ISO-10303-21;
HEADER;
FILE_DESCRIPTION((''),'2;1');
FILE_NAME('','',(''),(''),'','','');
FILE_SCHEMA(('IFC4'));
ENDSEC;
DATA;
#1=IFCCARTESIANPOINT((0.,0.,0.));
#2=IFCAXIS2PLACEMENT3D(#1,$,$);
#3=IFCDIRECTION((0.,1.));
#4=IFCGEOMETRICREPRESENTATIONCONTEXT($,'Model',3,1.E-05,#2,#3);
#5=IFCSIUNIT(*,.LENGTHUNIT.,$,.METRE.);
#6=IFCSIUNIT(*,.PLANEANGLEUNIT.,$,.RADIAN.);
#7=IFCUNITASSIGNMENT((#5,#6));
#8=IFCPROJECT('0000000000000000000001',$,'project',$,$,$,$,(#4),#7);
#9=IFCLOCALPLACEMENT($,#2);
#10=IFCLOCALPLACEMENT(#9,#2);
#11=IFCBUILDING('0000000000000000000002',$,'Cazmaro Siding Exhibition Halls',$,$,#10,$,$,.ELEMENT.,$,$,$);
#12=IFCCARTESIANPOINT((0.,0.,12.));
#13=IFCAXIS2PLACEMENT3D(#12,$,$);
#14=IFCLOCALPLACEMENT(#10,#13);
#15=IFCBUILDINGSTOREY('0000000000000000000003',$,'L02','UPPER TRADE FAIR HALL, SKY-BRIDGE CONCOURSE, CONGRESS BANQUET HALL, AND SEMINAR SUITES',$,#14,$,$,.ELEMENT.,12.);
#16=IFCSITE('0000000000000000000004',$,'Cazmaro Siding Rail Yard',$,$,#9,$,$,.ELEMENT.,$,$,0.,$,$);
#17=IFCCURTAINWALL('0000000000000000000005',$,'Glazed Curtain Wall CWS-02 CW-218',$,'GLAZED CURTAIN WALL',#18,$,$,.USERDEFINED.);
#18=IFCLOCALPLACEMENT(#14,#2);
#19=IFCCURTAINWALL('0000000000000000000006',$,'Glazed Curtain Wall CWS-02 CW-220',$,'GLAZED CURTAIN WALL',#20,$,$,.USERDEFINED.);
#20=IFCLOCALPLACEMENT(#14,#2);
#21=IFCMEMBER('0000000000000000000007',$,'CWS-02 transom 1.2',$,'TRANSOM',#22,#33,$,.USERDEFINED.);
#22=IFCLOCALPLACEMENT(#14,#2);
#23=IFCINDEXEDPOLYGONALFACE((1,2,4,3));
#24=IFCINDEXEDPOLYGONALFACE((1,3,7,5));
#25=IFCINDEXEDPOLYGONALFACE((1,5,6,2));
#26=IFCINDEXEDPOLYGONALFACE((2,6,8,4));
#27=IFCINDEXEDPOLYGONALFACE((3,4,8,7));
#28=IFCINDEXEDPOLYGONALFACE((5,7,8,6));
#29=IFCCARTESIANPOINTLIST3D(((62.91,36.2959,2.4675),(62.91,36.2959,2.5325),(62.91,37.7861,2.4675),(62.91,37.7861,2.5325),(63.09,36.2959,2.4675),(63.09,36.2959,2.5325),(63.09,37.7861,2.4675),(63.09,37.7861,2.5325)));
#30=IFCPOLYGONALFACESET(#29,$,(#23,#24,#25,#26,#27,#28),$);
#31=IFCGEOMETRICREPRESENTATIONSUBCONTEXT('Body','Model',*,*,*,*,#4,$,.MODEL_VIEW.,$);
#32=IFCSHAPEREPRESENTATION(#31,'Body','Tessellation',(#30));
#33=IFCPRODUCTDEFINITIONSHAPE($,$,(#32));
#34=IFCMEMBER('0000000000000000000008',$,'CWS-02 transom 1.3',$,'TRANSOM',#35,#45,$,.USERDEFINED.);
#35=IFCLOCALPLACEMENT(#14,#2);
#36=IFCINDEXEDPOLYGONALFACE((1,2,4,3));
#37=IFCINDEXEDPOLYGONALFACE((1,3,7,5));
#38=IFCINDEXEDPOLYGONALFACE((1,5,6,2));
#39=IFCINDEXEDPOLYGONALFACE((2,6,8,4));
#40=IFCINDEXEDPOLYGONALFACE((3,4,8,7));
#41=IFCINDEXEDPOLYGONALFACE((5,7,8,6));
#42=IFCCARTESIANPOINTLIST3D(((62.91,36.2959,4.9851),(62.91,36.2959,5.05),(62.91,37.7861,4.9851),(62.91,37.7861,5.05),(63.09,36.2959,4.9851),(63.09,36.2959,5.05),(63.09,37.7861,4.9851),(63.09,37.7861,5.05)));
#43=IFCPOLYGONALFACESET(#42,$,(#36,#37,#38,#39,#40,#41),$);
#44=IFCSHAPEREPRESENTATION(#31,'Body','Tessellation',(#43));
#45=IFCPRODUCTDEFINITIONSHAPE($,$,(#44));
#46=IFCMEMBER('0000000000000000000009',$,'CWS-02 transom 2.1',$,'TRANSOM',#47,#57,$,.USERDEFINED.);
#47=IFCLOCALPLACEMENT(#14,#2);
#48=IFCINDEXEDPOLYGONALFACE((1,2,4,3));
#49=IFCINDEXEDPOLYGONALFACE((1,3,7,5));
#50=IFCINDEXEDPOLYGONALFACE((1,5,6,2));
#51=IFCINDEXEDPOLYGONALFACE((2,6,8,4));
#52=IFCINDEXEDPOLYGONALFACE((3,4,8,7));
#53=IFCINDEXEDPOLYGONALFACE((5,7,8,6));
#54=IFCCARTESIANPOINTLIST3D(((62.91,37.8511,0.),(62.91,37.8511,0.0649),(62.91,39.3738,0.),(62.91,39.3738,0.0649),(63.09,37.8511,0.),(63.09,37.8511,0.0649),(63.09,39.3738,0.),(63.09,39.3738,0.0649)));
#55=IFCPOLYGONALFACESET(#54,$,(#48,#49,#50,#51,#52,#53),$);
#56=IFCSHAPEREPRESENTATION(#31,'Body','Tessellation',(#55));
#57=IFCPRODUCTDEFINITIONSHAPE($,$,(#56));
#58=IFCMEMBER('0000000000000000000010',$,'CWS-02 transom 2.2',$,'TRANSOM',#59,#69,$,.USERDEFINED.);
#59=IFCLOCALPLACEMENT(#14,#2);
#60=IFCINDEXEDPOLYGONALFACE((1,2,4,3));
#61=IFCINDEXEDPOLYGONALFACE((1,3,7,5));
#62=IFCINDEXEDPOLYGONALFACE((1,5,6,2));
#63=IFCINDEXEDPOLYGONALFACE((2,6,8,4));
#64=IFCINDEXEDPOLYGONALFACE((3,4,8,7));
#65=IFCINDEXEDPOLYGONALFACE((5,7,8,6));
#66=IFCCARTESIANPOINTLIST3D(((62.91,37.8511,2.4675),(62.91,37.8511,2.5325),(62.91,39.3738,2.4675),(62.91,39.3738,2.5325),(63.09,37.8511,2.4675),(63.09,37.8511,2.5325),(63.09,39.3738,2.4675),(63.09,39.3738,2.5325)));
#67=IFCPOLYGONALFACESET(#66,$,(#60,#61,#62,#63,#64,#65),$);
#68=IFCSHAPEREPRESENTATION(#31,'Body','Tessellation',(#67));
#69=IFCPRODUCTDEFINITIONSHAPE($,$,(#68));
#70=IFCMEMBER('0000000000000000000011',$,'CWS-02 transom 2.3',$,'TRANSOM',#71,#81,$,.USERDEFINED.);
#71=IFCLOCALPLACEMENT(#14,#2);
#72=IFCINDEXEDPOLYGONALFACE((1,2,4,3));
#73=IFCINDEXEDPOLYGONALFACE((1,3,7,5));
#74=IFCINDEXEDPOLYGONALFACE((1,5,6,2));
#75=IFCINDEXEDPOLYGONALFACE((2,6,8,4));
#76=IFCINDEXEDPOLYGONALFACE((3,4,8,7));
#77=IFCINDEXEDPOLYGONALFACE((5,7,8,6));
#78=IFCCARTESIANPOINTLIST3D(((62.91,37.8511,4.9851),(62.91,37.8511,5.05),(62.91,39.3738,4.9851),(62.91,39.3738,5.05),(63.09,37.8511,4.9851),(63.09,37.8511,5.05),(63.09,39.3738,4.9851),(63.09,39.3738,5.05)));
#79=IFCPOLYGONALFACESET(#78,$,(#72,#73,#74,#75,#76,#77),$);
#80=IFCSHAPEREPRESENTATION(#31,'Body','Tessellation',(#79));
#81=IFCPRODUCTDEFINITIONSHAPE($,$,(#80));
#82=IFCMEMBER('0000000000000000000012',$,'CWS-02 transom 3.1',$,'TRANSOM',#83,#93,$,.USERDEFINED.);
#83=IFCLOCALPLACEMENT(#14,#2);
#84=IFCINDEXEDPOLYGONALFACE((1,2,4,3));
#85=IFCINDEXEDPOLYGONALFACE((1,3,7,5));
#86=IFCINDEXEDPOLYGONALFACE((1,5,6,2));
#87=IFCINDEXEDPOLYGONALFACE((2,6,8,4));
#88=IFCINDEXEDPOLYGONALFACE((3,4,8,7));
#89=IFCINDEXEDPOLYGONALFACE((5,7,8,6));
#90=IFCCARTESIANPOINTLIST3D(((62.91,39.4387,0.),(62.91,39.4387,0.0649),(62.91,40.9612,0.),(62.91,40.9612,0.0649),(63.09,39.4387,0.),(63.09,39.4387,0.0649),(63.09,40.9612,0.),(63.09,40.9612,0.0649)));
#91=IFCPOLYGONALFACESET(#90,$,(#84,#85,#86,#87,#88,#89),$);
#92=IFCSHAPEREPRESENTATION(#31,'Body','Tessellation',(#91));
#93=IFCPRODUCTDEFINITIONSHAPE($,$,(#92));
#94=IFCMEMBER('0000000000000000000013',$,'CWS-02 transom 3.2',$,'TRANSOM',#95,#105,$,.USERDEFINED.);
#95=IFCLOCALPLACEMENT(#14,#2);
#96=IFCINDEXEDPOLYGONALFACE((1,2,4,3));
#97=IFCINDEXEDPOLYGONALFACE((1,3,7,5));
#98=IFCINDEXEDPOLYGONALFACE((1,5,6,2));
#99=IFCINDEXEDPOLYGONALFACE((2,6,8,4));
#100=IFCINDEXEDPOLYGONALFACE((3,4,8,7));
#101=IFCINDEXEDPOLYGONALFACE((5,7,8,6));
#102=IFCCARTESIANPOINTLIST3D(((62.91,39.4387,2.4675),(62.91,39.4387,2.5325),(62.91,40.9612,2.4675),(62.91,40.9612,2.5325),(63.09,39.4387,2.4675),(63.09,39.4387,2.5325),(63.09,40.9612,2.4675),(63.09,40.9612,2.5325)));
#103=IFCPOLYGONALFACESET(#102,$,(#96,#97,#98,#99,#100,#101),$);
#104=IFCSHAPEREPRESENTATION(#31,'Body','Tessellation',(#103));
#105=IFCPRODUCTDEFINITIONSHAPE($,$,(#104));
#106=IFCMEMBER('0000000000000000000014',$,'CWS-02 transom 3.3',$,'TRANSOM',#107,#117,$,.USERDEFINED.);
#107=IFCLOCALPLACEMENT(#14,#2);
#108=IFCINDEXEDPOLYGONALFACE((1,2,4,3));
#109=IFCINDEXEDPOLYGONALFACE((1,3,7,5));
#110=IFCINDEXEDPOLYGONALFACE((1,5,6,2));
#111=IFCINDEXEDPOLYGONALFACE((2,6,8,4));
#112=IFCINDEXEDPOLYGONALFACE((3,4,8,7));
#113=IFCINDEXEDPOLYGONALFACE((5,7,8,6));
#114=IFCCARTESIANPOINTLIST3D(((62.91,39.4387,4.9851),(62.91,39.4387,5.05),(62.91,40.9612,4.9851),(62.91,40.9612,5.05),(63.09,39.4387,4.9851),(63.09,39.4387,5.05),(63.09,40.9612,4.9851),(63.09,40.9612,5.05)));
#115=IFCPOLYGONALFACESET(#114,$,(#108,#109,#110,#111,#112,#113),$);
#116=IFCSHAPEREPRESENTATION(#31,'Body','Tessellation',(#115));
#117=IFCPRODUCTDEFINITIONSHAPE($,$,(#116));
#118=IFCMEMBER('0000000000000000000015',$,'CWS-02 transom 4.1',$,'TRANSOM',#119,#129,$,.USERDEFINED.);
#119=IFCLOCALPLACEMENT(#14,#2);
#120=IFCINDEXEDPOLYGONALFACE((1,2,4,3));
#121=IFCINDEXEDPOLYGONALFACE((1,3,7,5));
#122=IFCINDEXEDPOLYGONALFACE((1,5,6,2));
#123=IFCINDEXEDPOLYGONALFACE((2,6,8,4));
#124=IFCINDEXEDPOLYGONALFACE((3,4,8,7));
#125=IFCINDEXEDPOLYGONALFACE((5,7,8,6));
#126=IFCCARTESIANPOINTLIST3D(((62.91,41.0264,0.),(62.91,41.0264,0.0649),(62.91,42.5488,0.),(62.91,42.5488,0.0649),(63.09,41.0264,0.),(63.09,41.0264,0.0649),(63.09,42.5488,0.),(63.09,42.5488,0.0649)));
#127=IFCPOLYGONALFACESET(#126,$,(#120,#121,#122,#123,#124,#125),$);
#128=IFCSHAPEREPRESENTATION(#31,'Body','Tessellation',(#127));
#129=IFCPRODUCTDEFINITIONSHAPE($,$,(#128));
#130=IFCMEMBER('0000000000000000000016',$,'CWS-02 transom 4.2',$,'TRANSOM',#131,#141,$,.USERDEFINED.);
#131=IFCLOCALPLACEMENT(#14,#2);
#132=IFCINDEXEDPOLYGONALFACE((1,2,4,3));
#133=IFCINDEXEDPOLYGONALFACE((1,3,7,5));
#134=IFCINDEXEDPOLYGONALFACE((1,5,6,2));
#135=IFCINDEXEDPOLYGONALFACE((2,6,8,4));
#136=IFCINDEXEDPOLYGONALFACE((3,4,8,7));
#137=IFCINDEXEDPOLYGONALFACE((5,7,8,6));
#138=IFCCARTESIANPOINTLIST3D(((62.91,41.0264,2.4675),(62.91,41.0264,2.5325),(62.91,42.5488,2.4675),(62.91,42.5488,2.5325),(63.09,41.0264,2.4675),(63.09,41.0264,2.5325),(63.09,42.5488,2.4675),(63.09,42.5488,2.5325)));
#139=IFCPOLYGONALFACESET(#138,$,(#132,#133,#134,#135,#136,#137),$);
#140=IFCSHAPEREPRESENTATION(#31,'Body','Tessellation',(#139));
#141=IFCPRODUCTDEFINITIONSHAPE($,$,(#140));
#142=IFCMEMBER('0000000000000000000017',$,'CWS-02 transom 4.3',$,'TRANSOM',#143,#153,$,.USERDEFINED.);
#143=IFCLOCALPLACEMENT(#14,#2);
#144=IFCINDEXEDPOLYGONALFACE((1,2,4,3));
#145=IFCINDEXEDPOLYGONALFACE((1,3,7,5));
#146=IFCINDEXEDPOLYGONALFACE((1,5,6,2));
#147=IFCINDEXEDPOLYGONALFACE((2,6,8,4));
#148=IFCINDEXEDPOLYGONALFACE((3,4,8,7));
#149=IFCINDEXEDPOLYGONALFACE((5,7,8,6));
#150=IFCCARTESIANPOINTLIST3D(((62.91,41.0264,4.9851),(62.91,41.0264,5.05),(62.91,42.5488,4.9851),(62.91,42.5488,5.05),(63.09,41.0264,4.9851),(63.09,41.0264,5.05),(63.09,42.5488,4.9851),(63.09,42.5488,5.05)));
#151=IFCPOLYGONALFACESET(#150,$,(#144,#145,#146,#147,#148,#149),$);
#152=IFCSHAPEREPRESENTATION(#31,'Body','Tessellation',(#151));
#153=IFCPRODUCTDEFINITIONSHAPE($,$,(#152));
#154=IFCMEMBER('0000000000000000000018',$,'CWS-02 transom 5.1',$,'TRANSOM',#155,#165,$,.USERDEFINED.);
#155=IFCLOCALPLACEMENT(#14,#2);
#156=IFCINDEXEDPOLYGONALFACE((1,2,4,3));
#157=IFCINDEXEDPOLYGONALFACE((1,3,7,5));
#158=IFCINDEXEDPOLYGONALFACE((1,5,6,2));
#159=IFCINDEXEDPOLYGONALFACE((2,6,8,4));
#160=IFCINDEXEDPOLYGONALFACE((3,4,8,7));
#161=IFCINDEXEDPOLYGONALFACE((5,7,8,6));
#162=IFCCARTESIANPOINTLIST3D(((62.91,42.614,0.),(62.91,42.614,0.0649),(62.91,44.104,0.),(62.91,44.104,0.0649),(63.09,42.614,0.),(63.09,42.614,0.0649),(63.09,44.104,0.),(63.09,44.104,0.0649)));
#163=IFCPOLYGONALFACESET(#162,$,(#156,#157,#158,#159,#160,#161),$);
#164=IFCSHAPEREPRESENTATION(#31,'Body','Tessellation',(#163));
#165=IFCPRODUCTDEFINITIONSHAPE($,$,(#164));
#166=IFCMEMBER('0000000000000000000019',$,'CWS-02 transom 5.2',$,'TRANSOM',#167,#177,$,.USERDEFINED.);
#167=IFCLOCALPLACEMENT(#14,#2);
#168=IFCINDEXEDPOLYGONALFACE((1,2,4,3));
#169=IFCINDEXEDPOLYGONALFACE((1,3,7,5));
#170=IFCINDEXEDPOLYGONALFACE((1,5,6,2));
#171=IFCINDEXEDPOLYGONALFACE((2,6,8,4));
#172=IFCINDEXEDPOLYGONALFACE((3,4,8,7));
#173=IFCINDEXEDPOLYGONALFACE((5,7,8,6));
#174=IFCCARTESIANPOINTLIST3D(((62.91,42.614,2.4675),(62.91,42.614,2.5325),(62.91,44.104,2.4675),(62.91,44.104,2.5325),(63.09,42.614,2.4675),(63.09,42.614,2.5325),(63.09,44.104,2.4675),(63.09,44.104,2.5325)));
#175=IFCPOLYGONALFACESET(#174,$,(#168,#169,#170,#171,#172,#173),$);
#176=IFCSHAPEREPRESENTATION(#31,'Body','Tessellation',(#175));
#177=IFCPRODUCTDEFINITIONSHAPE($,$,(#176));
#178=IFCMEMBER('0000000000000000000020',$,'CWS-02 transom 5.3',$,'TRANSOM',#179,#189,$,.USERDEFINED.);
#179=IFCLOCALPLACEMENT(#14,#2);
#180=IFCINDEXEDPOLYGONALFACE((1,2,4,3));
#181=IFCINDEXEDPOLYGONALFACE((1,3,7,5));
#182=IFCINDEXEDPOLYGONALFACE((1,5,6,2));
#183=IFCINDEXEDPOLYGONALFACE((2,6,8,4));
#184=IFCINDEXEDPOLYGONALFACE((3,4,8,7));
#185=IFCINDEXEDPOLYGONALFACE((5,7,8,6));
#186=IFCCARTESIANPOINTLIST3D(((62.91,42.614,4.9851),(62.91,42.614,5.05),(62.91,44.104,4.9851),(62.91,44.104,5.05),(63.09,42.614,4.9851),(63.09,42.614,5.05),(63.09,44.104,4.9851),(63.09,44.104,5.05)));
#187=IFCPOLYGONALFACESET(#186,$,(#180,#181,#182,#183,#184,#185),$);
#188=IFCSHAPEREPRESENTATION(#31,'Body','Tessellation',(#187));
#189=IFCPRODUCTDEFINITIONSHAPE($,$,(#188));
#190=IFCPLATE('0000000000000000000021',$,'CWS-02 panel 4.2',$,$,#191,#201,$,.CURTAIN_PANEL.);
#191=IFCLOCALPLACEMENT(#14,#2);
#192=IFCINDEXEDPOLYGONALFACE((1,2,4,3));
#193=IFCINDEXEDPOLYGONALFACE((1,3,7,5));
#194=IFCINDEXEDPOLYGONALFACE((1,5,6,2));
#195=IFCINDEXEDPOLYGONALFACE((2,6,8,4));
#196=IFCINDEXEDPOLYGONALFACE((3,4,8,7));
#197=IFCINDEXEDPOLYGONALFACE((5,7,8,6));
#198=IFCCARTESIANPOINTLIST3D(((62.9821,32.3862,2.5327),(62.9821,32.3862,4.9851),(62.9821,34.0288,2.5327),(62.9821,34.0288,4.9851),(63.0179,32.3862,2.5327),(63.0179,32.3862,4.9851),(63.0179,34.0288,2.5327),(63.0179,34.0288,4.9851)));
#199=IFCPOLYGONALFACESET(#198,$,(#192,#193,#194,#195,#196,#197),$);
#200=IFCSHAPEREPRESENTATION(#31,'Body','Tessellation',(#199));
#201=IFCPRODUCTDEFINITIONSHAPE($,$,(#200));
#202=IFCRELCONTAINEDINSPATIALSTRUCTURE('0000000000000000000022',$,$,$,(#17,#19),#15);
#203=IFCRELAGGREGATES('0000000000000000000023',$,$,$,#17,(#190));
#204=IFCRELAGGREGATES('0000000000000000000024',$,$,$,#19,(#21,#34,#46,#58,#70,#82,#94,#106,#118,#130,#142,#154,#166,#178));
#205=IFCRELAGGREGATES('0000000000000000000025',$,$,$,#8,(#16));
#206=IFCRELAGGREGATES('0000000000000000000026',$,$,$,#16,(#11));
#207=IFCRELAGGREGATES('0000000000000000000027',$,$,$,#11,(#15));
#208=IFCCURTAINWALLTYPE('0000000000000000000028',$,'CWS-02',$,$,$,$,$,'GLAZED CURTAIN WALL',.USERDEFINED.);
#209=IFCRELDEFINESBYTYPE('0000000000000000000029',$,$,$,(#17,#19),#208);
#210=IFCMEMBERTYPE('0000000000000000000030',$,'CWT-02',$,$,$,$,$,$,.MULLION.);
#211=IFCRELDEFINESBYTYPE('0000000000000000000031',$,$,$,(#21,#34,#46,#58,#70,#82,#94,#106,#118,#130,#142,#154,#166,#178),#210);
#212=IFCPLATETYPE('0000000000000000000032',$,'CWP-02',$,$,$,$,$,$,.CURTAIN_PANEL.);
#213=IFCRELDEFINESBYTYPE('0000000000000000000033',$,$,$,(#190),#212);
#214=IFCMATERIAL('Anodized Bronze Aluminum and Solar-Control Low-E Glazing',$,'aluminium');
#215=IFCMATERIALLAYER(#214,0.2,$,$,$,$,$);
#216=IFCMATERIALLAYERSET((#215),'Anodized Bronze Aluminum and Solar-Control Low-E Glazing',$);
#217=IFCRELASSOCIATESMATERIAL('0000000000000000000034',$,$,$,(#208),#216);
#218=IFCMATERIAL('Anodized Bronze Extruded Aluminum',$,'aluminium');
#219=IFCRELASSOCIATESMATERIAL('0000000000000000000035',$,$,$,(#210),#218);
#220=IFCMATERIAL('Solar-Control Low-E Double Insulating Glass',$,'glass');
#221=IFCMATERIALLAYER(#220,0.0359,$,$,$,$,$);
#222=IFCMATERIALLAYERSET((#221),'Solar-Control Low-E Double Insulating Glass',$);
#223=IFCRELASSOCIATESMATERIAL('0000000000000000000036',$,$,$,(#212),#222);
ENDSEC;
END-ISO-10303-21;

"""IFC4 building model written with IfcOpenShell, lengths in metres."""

from ifc_helpers import new_model, si_unit, direction, frame, origin, origin_2d, place, context, subcontext, project, spatial, rectangle, extrude, material, layer, layer_set, material_profile, profile_set, type_object, element, aggregate, save


model = new_model("IFC4")

# Units and contexts
model_context = context("Model", 3, precision=1e-05, world=origin(), true_north=direction((0.0, 1.0)))
body_context = subcontext(model_context, "Body", "Model", "MODEL_VIEW")
ifc_project = project(units=[si_unit("LENGTHUNIT", "METRE"), si_unit("PLANEANGLEUNIT", "RADIAN")], contexts=[model_context])

# Site, building, storey
site_placement = place(None, origin())
site = spatial("IfcSite", under=ifc_project, at=site_placement, Name="Cazmaro Siding Rail Yard", CompositionType="ELEMENT", RefElevation=0.0)
building_placement = place(site_placement, origin())
building = spatial("IfcBuilding", under=site, at=building_placement, Name="Cazmaro Siding Exhibition Halls", CompositionType="ELEMENT")
storey_placement = place(building_placement, frame((0.0, 0.0, 12.0)))
storey = spatial("IfcBuildingStorey", under=building, at=storey_placement, Name="L02", Description="UPPER TRADE FAIR HALL, SKY-BRIDGE CONCOURSE, CONGRESS BANQUET HALL, AND SEMINAR SUITES", CompositionType="ELEMENT", Elevation=12.0)

# Curtain walls
ifc_material_1 = material(Name="Anodized Bronze Aluminum and Solar-Control Low-E Glazing", Category="aluminium")
ifc_layer_1 = layer(ifc_material_1, 0.2)
ifc_layer_set_1 = layer_set([ifc_layer_1], Name="Anodized Bronze Aluminum and Solar-Control Low-E Glazing")
curtain_wall_type = type_object("IfcCurtainWallType", Name="CWS-02", ElementType="GLAZED CURTAIN WALL", PredefinedType="USERDEFINED", material=ifc_layer_set_1)
curtain_wall_1_placement = place(storey_placement, origin())
curtain_wall_1 = element("IfcCurtainWall", 1, at=curtain_wall_1_placement, inside=storey, type_object=curtain_wall_type, Name="Glazed Curtain Wall CWS-02 CW-218", ObjectType="GLAZED CURTAIN WALL", PredefinedType="USERDEFINED")
curtain_wall_2_placement = place(storey_placement, origin())
curtain_wall_2 = element("IfcCurtainWall", 2, at=curtain_wall_2_placement, inside=storey, type_object=curtain_wall_type, Name="Glazed Curtain Wall CWS-02 CW-220", ObjectType="GLAZED CURTAIN WALL", PredefinedType="USERDEFINED")

# Members
ifc_material_2 = material(Name="Anodized Bronze Extruded Aluminum", Category="aluminium")
ifc_material_profile_1 = material_profile(ifc_material_2, rectangle(XDim=0.1799, YDim=0.0649, at=origin_2d()), Name="CWT-02")
ifc_profile_set_1 = profile_set([ifc_material_profile_1], Name="Anodized Bronze Extruded Aluminum")
member_type_1 = type_object("IfcMemberType", Name="CWT-02", PredefinedType="MULLION", material=ifc_profile_set_1)
member_1_placement = place(storey_placement, frame((63.0, 36.2959, 2.5), z_axis=(0.0, 1.0, 0.0), x_axis=(-1.0, 0.0, 0.0)))
member_1 = element("IfcMember", 3, at=member_1_placement, type_object=member_type_1, Name="CWS-02 transom 1.2", ObjectType="TRANSOM", PredefinedType="USERDEFINED", context=body_context, shape_type="SweptSolid", body=[
    extrude(rectangle(XDim=0.1799, YDim=0.0649, at=origin_2d()), origin(), (0.0, 0.0, 1.0), 1.4902),
])
member_2_placement = place(storey_placement, frame((63.0, 36.2959, 5.0176), z_axis=(0.0, 1.0, 0.0), x_axis=(-1.0, 0.0, 0.0)))
member_2 = element("IfcMember", 4, at=member_2_placement, type_object=member_type_1, Name="CWS-02 transom 1.3", ObjectType="TRANSOM", PredefinedType="USERDEFINED", context=body_context, shape_type="SweptSolid", body=[
    extrude(rectangle(XDim=0.1799, YDim=0.0649, at=origin_2d()), origin(), (0.0, 0.0, 1.0), 1.4902),
])
member_3_placement = place(storey_placement, frame((63.0, 37.8511, 0.0325), z_axis=(0.0, 1.0, 0.0), x_axis=(-1.0, 0.0, 0.0)))
member_3 = element("IfcMember", 5, at=member_3_placement, type_object=member_type_1, Name="CWS-02 transom 2.1", ObjectType="TRANSOM", PredefinedType="USERDEFINED", context=body_context, shape_type="SweptSolid", body=[
    extrude(rectangle(XDim=0.1799, YDim=0.0649, at=origin_2d()), origin(), (0.0, 0.0, 1.0), 1.5227),
])
member_4_placement = place(storey_placement, frame((63.0, 37.8511, 2.5), z_axis=(0.0, 1.0, 0.0), x_axis=(-1.0, 0.0, 0.0)))
member_4 = element("IfcMember", 6, at=member_4_placement, type_object=member_type_1, Name="CWS-02 transom 2.2", ObjectType="TRANSOM", PredefinedType="USERDEFINED", context=body_context, shape_type="SweptSolid", body=[
    extrude(rectangle(XDim=0.1799, YDim=0.0649, at=origin_2d()), origin(), (0.0, 0.0, 1.0), 1.5227),
])
member_5_placement = place(storey_placement, frame((63.0, 37.8511, 5.0176), z_axis=(0.0, 1.0, 0.0), x_axis=(-1.0, 0.0, 0.0)))
member_5 = element("IfcMember", 7, at=member_5_placement, type_object=member_type_1, Name="CWS-02 transom 2.3", ObjectType="TRANSOM", PredefinedType="USERDEFINED", context=body_context, shape_type="SweptSolid", body=[
    extrude(rectangle(XDim=0.1799, YDim=0.0649, at=origin_2d()), origin(), (0.0, 0.0, 1.0), 1.5227),
])
member_6_placement = place(storey_placement, frame((63.0, 39.4387, 0.0325), z_axis=(0.0, 1.0, 0.0), x_axis=(-1.0, 0.0, 0.0)))
member_6 = element("IfcMember", 8, at=member_6_placement, type_object=member_type_1, Name="CWS-02 transom 3.1", ObjectType="TRANSOM", PredefinedType="USERDEFINED", context=body_context, shape_type="SweptSolid", body=[
    extrude(rectangle(XDim=0.1799, YDim=0.0649, at=origin_2d()), origin(), (0.0, 0.0, 1.0), 1.5225),
])
member_7_placement = place(storey_placement, frame((63.0, 39.4387, 2.5), z_axis=(0.0, 1.0, 0.0), x_axis=(-1.0, 0.0, 0.0)))
member_7 = element("IfcMember", 9, at=member_7_placement, type_object=member_type_1, Name="CWS-02 transom 3.2", ObjectType="TRANSOM", PredefinedType="USERDEFINED", context=body_context, shape_type="SweptSolid", body=[
    extrude(rectangle(XDim=0.1799, YDim=0.0649, at=origin_2d()), origin(), (0.0, 0.0, 1.0), 1.5225),
])
member_8_placement = place(storey_placement, frame((63.0, 39.4387, 5.0176), z_axis=(0.0, 1.0, 0.0), x_axis=(-1.0, 0.0, 0.0)))
member_8 = element("IfcMember", 10, at=member_8_placement, type_object=member_type_1, Name="CWS-02 transom 3.3", ObjectType="TRANSOM", PredefinedType="USERDEFINED", context=body_context, shape_type="SweptSolid", body=[
    extrude(rectangle(XDim=0.1799, YDim=0.0649, at=origin_2d()), origin(), (0.0, 0.0, 1.0), 1.5225),
])
member_9_placement = place(storey_placement, frame((63.0, 41.0264, 0.0325), z_axis=(0.0, 1.0, 0.0), x_axis=(-1.0, 0.0, 0.0)))
member_9 = element("IfcMember", 11, at=member_9_placement, type_object=member_type_1, Name="CWS-02 transom 4.1", ObjectType="TRANSOM", PredefinedType="USERDEFINED", context=body_context, shape_type="SweptSolid", body=[
    extrude(rectangle(XDim=0.1799, YDim=0.0649, at=origin_2d()), origin(), (0.0, 0.0, 1.0), 1.5225),
])
member_10_placement = place(storey_placement, frame((63.0, 41.0264, 2.5), z_axis=(0.0, 1.0, 0.0), x_axis=(-1.0, 0.0, 0.0)))
member_10 = element("IfcMember", 12, at=member_10_placement, type_object=member_type_1, Name="CWS-02 transom 4.2", ObjectType="TRANSOM", PredefinedType="USERDEFINED", context=body_context, shape_type="SweptSolid", body=[
    extrude(rectangle(XDim=0.1799, YDim=0.0649, at=origin_2d()), origin(), (0.0, 0.0, 1.0), 1.5225),
])
member_11_placement = place(storey_placement, frame((63.0, 41.0264, 5.0176), z_axis=(0.0, 1.0, 0.0), x_axis=(-1.0, 0.0, 0.0)))
member_11 = element("IfcMember", 13, at=member_11_placement, type_object=member_type_1, Name="CWS-02 transom 4.3", ObjectType="TRANSOM", PredefinedType="USERDEFINED", context=body_context, shape_type="SweptSolid", body=[
    extrude(rectangle(XDim=0.1799, YDim=0.0649, at=origin_2d()), origin(), (0.0, 0.0, 1.0), 1.5225),
])
member_12_placement = place(storey_placement, frame((63.0, 42.614, 0.0325), z_axis=(0.0, 1.0, 0.0), x_axis=(-1.0, 0.0, 0.0)))
member_12 = element("IfcMember", 14, at=member_12_placement, type_object=member_type_1, Name="CWS-02 transom 5.1", ObjectType="TRANSOM", PredefinedType="USERDEFINED", context=body_context, shape_type="SweptSolid", body=[
    extrude(rectangle(XDim=0.1799, YDim=0.0649, at=origin_2d()), origin(), (0.0, 0.0, 1.0), 1.49),
])
member_13_placement = place(storey_placement, frame((63.0, 42.614, 2.5), z_axis=(0.0, 1.0, 0.0), x_axis=(-1.0, 0.0, 0.0)))
member_13 = element("IfcMember", 15, at=member_13_placement, type_object=member_type_1, Name="CWS-02 transom 5.2", ObjectType="TRANSOM", PredefinedType="USERDEFINED", context=body_context, shape_type="SweptSolid", body=[
    extrude(rectangle(XDim=0.1799, YDim=0.0649, at=origin_2d()), origin(), (0.0, 0.0, 1.0), 1.49),
])
member_14_placement = place(storey_placement, frame((63.0, 42.614, 5.0176), z_axis=(0.0, 1.0, 0.0), x_axis=(-1.0, 0.0, 0.0)))
member_14 = element("IfcMember", 16, at=member_14_placement, type_object=member_type_1, Name="CWS-02 transom 5.3", ObjectType="TRANSOM", PredefinedType="USERDEFINED", context=body_context, shape_type="SweptSolid", body=[
    extrude(rectangle(XDim=0.1799, YDim=0.0649, at=origin_2d()), origin(), (0.0, 0.0, 1.0), 1.49),
])

# Plate
ifc_material_3 = material(Name="Solar-Control Low-E Double Insulating Glass", Category="glass")
ifc_layer_2 = layer(ifc_material_3, 0.0359)
ifc_layer_set_2 = layer_set([ifc_layer_2], Name="Solar-Control Low-E Double Insulating Glass")
plate_type = type_object("IfcPlateType", Name="CWP-02", PredefinedType="CURTAIN_PANEL", material=ifc_layer_set_2)
plate_1_placement = place(storey_placement, frame((63.0, 33.2075, 2.5327), z_axis=(0.0, 0.0, 1.0), x_axis=(0.0, 1.0, 0.0)))
plate_1 = element("IfcPlate", 17, at=plate_1_placement, type_object=plate_type, Name="CWS-02 panel 4.2", PredefinedType="CURTAIN_PANEL", context=body_context, shape_type="SweptSolid", body=[
    extrude(rectangle(XDim=1.6426, YDim=0.0359, at=origin_2d()), origin(), (0.0, 0.0, 1.0), 2.4524),
])
aggregate(curtain_wall_1, [plate_1])
aggregate(curtain_wall_2, [member_1, member_2, member_3, member_4, member_5, member_6, member_7, member_8, member_9, member_10, member_11, member_12, member_13, member_14])

save(model, "model.ifc")
